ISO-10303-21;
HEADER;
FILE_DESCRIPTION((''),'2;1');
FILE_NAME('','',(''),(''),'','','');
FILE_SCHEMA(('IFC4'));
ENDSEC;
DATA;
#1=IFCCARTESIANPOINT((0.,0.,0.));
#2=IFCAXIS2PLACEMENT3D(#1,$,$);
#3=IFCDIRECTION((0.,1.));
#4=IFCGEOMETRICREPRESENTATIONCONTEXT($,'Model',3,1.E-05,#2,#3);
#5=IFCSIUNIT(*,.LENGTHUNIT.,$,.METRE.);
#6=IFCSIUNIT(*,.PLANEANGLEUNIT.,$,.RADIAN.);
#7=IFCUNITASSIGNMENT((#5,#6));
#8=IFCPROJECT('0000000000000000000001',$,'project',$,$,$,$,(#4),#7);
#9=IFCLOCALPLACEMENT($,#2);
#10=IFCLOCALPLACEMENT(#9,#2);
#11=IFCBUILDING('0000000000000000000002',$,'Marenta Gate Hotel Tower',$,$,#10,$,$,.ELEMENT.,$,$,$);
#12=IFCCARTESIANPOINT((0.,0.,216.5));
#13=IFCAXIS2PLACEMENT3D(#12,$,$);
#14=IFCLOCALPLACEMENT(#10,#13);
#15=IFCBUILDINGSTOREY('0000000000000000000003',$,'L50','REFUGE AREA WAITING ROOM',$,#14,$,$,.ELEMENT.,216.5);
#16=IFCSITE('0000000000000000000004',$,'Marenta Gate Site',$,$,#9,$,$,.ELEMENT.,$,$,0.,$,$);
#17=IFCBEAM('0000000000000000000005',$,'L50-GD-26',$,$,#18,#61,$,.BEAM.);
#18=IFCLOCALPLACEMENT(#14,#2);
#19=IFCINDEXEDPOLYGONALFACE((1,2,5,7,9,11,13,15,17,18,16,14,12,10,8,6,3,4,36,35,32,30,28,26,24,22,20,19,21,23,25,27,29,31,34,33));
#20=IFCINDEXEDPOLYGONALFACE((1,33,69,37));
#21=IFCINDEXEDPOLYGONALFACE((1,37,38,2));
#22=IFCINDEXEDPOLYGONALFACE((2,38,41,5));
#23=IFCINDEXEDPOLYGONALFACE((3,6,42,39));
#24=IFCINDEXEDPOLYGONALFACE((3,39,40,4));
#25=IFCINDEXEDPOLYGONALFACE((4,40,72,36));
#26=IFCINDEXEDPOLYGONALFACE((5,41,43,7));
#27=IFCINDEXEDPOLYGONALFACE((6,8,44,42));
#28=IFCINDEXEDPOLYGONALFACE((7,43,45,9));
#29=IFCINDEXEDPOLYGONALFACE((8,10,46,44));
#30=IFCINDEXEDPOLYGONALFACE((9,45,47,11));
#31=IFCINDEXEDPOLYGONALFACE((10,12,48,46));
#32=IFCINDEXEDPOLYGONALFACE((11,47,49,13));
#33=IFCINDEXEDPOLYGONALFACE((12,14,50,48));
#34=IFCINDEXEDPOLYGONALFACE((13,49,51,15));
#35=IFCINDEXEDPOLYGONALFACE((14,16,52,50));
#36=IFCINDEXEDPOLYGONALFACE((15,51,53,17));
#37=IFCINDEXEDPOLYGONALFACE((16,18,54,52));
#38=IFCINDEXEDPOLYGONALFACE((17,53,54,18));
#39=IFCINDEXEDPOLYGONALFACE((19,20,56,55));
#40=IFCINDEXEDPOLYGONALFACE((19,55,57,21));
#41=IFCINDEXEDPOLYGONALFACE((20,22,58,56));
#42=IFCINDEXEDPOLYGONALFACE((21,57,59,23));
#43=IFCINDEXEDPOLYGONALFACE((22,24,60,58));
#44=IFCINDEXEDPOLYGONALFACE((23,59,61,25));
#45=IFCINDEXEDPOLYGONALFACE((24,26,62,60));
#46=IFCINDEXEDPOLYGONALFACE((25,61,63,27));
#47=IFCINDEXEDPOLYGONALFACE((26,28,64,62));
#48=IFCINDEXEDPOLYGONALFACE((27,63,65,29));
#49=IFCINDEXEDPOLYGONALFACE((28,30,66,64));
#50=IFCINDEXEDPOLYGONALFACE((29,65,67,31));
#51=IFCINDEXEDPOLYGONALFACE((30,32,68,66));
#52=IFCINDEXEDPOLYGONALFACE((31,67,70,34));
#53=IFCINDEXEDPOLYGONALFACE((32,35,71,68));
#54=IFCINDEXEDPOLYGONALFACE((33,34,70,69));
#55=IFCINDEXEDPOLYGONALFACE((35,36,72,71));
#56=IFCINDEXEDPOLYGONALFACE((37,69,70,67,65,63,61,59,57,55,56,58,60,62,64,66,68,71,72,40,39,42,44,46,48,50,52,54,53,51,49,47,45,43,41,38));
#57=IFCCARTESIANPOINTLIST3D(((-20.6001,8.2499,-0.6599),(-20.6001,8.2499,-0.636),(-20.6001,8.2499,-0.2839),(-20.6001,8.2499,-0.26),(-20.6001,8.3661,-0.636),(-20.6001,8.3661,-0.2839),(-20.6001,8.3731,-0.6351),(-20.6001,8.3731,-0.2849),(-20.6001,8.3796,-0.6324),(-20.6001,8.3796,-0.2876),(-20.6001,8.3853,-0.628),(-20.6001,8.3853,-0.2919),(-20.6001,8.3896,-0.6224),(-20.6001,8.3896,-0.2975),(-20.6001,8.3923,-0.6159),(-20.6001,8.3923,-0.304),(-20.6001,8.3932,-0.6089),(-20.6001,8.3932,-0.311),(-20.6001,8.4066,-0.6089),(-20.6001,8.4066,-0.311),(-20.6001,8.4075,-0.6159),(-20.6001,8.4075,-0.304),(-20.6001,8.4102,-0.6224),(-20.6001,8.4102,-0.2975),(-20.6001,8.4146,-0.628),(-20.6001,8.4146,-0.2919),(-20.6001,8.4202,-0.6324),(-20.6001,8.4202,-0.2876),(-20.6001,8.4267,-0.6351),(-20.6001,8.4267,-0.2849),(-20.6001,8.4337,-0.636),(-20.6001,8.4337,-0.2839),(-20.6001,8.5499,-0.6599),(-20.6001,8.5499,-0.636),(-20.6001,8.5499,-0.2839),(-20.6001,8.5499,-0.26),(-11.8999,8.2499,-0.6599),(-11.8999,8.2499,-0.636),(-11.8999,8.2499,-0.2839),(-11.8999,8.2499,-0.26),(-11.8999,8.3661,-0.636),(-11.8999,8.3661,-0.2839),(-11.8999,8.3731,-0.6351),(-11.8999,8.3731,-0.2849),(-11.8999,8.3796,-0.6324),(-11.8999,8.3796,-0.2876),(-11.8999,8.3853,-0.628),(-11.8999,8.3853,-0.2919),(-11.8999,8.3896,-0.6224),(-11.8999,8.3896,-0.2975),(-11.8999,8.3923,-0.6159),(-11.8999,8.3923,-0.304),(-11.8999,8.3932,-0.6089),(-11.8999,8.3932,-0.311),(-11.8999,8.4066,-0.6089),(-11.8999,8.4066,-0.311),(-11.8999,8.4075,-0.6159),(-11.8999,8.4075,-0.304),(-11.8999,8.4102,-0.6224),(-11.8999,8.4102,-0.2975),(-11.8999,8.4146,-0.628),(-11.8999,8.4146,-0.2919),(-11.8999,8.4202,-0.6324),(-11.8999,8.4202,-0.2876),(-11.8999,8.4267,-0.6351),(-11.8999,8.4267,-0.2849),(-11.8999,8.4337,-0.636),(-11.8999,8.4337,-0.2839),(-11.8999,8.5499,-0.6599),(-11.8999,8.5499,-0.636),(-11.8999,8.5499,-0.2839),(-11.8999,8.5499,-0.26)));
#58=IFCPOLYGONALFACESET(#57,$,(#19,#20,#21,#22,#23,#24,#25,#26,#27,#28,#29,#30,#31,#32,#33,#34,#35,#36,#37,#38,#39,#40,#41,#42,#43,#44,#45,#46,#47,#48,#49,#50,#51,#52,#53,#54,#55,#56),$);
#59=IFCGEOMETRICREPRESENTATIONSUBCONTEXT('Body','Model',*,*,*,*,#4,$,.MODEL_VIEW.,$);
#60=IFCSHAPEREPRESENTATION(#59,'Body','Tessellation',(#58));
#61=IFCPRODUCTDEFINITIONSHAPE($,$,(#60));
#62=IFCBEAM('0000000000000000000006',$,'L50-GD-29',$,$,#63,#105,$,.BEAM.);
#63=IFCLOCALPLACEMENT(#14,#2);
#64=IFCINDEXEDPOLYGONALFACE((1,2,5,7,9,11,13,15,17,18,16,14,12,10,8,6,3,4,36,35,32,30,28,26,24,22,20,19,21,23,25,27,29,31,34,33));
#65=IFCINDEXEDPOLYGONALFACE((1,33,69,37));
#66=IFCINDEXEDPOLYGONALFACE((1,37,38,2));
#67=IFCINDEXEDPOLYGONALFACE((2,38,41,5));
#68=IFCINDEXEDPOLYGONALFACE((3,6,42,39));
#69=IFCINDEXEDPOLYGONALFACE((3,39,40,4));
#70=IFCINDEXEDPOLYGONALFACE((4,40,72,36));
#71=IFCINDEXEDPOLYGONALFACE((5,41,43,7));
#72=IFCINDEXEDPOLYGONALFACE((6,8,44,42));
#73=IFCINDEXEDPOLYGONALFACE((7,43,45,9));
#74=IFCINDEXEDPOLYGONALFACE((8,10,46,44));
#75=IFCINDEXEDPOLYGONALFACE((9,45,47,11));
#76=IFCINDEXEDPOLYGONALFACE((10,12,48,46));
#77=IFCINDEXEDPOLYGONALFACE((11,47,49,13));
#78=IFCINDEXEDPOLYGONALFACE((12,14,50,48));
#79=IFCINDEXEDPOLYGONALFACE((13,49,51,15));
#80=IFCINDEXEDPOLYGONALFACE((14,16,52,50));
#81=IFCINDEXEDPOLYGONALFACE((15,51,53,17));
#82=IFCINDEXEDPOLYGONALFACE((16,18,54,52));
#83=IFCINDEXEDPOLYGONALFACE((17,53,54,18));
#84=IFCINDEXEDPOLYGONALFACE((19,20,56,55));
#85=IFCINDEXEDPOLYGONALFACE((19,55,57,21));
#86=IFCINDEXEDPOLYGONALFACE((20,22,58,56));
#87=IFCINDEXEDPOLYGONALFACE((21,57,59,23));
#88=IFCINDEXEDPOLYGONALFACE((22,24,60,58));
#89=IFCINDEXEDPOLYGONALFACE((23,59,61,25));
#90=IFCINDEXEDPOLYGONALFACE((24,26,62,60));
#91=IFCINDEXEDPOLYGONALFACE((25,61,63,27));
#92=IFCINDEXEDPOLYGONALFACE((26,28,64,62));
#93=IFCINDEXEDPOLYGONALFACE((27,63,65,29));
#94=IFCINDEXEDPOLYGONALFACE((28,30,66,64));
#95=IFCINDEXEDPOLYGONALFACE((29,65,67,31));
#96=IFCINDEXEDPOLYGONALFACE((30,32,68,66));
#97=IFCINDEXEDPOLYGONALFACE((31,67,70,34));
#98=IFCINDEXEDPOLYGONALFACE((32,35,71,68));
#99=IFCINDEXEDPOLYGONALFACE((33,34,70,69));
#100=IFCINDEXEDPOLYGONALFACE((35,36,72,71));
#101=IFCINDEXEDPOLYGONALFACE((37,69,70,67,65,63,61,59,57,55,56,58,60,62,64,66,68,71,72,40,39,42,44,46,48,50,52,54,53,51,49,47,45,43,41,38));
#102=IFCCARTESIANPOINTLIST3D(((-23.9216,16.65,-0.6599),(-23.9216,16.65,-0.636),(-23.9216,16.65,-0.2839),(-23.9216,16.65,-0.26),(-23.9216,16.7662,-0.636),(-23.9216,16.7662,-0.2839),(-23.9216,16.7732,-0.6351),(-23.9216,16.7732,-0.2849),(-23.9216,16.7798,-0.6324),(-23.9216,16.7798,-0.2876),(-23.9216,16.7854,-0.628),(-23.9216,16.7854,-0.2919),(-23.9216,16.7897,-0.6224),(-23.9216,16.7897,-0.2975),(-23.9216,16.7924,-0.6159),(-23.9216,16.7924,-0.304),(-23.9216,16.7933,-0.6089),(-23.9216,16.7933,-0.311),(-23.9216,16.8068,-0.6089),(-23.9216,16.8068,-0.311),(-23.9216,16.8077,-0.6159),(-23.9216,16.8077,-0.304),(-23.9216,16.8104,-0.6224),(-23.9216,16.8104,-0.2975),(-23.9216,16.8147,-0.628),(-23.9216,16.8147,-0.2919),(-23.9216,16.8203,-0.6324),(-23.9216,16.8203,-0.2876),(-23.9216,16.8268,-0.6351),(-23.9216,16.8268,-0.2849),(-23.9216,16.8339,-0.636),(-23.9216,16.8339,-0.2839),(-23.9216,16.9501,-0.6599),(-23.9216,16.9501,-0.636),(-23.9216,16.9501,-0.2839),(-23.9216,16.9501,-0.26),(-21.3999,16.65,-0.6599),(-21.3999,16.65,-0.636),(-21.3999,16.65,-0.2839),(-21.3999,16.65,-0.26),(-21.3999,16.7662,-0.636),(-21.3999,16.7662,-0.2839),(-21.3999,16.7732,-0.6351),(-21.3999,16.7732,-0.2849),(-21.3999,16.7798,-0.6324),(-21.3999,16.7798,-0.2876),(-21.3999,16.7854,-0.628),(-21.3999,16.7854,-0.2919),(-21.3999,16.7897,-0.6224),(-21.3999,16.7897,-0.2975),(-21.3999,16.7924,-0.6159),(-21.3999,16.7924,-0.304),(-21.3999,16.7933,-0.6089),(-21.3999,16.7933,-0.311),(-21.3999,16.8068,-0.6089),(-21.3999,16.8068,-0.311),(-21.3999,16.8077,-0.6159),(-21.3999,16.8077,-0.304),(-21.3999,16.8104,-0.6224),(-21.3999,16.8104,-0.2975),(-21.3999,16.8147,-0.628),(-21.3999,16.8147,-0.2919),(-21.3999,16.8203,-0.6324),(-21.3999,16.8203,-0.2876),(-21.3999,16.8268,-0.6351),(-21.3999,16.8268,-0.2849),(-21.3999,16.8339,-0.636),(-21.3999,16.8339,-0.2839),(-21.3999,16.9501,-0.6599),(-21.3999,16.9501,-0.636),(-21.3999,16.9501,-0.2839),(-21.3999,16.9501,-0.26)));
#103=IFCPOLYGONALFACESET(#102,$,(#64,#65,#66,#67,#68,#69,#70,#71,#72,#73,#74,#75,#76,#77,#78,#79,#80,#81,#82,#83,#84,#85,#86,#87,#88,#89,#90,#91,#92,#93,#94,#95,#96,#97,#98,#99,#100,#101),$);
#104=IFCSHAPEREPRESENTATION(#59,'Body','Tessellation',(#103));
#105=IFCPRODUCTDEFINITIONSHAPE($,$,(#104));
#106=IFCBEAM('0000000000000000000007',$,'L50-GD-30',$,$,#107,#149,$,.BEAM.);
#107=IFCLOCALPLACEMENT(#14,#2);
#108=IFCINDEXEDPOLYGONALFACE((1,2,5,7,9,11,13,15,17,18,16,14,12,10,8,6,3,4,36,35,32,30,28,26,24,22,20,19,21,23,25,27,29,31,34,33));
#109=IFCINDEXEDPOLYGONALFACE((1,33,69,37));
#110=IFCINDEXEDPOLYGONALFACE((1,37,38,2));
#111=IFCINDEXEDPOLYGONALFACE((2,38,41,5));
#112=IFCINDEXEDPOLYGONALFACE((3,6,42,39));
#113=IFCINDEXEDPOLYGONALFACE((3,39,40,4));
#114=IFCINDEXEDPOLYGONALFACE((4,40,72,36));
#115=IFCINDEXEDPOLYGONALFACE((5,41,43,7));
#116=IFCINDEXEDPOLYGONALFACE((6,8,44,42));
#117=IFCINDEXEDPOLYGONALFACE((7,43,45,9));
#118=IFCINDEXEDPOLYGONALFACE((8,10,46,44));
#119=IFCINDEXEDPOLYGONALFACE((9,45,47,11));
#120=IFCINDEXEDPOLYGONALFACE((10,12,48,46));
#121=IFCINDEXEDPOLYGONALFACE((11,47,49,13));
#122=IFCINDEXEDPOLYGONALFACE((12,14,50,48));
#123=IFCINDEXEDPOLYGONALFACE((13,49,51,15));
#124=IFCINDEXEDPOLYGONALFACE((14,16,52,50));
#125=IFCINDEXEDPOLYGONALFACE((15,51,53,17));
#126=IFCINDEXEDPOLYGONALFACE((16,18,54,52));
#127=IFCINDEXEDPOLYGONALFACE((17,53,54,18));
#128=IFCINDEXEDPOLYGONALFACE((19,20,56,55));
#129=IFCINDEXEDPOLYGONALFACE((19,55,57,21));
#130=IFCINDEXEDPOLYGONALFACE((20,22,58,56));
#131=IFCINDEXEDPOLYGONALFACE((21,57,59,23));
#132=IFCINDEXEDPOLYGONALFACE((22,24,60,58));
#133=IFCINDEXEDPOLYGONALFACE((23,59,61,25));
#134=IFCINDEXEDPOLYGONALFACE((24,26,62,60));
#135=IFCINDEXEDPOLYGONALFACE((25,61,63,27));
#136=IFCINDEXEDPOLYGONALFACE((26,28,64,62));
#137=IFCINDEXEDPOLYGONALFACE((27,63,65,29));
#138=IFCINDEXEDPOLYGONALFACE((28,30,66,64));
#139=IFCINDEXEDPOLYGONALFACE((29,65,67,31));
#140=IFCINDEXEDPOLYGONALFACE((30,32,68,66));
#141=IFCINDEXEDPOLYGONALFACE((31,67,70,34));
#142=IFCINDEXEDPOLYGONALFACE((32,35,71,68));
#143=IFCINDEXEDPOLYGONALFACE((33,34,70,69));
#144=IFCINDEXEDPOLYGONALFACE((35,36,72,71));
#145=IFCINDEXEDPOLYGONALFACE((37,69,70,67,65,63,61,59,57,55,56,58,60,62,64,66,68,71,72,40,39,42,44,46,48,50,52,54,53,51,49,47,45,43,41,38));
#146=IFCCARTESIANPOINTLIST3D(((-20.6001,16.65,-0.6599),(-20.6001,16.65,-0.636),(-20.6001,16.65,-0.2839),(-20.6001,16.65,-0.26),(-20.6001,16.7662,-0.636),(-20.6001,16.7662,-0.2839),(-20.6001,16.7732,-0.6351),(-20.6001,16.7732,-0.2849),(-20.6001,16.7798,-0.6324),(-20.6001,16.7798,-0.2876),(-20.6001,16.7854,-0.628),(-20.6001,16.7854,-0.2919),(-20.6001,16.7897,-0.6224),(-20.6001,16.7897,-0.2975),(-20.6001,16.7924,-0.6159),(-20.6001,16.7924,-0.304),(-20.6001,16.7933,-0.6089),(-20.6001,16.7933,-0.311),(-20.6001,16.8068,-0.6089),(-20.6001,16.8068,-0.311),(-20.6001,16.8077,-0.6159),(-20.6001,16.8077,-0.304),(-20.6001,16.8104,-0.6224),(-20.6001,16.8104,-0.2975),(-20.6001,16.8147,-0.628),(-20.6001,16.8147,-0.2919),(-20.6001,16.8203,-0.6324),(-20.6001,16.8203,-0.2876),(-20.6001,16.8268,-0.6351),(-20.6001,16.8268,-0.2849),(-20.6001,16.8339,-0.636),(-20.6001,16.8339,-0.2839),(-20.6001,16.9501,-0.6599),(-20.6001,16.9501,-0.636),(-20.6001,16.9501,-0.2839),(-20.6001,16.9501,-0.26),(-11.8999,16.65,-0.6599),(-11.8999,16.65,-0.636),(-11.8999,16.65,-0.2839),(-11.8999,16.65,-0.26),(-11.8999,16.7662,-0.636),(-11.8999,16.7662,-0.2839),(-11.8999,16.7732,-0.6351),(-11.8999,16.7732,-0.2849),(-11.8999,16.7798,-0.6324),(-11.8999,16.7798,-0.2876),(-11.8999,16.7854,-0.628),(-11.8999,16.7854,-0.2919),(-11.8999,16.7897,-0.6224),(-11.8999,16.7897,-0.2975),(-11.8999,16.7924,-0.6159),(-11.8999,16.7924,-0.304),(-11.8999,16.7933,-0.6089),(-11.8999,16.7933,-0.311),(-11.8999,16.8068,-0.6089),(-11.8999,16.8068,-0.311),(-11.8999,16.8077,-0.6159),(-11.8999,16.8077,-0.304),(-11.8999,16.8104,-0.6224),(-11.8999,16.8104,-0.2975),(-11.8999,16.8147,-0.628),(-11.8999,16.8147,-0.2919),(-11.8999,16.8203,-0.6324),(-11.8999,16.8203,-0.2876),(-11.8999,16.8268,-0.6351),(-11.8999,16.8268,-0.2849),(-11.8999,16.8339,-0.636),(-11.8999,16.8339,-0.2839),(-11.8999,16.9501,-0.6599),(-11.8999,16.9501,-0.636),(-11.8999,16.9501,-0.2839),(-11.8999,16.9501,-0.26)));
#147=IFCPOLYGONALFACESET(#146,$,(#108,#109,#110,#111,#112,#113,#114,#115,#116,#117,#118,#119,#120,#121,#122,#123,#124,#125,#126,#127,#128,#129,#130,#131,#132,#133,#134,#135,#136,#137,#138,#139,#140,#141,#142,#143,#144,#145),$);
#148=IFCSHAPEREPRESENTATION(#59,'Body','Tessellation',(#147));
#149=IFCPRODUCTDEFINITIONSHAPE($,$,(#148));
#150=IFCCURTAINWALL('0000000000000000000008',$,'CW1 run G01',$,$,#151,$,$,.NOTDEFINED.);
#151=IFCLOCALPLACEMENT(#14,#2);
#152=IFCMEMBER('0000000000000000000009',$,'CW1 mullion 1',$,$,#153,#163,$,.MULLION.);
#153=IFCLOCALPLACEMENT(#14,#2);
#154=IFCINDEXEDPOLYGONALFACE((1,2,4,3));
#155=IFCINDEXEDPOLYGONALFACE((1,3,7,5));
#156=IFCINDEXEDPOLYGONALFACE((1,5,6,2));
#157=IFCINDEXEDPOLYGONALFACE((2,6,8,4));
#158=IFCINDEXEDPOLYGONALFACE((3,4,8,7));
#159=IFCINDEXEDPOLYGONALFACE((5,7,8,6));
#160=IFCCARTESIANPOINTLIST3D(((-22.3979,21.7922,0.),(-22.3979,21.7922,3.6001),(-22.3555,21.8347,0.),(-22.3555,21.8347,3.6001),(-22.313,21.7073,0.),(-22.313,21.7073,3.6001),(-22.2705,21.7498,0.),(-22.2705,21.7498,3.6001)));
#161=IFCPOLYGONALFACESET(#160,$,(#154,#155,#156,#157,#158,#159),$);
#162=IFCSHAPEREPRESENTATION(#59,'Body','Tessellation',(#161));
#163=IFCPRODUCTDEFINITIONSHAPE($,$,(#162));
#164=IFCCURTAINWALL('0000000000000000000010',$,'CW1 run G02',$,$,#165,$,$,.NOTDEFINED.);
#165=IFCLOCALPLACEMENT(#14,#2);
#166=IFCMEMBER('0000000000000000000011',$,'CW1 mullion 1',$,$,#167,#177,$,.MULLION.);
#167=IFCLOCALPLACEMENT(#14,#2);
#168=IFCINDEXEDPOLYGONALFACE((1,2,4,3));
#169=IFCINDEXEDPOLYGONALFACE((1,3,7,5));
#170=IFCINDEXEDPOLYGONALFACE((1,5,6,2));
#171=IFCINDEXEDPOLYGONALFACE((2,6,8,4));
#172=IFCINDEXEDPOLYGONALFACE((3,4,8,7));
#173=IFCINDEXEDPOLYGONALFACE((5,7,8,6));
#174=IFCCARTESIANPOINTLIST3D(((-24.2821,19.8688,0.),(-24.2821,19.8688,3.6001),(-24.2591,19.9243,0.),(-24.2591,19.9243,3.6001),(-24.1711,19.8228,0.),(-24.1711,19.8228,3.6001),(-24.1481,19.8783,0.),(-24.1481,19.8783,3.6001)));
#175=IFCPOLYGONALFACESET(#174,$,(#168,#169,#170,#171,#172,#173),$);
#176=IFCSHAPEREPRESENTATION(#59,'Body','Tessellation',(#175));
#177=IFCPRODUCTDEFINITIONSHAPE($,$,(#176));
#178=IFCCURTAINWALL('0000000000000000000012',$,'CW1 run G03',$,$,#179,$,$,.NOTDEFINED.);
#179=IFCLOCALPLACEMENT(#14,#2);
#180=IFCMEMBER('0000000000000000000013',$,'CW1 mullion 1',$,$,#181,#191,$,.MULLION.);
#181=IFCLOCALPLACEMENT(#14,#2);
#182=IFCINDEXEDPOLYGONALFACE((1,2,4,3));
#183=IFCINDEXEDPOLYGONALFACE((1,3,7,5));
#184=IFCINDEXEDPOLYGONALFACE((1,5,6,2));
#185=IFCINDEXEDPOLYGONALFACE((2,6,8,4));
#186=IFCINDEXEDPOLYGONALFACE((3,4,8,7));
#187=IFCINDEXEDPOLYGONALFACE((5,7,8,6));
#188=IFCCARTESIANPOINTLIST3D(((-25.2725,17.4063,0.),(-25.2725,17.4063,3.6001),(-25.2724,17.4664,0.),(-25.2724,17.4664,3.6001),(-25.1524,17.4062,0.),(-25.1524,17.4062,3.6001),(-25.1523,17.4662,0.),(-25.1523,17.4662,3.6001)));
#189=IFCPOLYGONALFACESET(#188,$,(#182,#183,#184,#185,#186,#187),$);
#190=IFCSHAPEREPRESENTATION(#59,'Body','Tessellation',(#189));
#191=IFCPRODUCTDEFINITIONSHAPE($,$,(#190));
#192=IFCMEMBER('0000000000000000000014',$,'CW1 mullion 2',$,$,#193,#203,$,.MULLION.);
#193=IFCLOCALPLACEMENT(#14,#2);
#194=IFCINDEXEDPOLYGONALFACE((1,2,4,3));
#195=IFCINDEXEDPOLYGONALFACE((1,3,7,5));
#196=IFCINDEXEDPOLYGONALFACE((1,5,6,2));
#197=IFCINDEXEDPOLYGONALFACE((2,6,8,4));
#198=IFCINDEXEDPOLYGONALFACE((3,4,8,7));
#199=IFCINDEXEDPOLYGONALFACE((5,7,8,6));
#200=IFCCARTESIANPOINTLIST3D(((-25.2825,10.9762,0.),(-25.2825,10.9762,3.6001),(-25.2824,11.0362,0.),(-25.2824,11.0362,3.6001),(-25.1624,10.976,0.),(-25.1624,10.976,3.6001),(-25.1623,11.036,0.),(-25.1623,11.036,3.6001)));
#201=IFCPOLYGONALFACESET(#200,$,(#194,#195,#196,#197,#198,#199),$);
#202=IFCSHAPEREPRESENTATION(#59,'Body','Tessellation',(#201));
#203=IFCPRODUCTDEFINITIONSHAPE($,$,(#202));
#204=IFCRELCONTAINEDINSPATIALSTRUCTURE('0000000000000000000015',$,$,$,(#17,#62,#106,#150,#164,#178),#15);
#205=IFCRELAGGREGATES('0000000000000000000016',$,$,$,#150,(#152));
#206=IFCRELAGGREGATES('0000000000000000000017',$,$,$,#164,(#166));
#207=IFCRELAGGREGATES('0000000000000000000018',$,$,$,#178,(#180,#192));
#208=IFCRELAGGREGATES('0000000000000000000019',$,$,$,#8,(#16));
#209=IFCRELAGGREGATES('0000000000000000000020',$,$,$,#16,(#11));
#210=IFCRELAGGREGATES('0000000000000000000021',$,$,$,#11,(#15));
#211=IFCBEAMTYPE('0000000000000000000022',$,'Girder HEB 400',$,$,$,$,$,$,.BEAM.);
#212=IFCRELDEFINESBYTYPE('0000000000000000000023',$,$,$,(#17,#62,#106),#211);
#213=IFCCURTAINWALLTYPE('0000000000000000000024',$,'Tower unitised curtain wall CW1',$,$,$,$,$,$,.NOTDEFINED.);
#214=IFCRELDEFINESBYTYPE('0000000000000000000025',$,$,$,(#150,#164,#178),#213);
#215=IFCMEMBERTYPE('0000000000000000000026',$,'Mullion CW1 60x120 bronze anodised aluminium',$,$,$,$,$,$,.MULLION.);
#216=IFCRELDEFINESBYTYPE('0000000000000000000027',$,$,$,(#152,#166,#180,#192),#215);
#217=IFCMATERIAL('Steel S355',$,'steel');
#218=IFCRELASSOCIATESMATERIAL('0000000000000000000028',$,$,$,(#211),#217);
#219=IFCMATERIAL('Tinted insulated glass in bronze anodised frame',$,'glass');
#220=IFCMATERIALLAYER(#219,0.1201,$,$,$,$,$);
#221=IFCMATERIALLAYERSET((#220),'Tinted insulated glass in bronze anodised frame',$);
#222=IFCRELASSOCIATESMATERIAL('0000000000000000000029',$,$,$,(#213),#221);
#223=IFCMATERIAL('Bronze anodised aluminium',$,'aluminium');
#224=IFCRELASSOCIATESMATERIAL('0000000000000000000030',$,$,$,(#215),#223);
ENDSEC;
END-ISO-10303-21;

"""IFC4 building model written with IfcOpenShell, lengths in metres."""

from ifc_helpers import new_model, si_unit, direction, frame, origin, origin_2d, place, context, subcontext, project, spatial, rectangle, i_section, extrude, material, layer, layer_set, material_profile, profile_set, type_object, element, aggregate, save


model = new_model("IFC4")

# Units and contexts
model_context = context("Model", 3, precision=1e-05, world=origin(), true_north=direction((0.0, 1.0)))
body_context = subcontext(model_context, "Body", "Model", "MODEL_VIEW")
ifc_project = project(units=[si_unit("LENGTHUNIT", "METRE"), si_unit("PLANEANGLEUNIT", "RADIAN")], contexts=[model_context])

# Site, building, storey
site_placement = place(None, origin())
site = spatial("IfcSite", under=ifc_project, at=site_placement, Name="Marenta Gate Site", CompositionType="ELEMENT", RefElevation=0.0)
building_placement = place(site_placement, origin())
building = spatial("IfcBuilding", under=site, at=building_placement, Name="Marenta Gate Hotel Tower", CompositionType="ELEMENT")
storey_placement = place(building_placement, frame((0.0, 0.0, 216.5)))
storey = spatial("IfcBuildingStorey", under=building, at=storey_placement, Name="L50", Description="REFUGE AREA WAITING ROOM", CompositionType="ELEMENT", Elevation=216.5)

# Beams
ifc_material_1 = material(Name="Steel S355", Category="steel")
ifc_material_profile_1 = material_profile(ifc_material_1, i_section(OverallWidth=0.3, OverallDepth=0.3999, WebThickness=0.0134, FlangeThickness=0.0239, FilletRadius=0.0271, at=origin_2d()), Name="HEB 400")
ifc_profile_set_1 = profile_set([ifc_material_profile_1], Name="Steel S355")
beam_type_1 = type_object("IfcBeamType", Name="Girder HEB 400", PredefinedType="BEAM", material=ifc_profile_set_1)
beam_1_placement = place(storey_placement, frame((-20.6001, 8.3999, -0.46), z_axis=(1.0, 0.0, 0.0), x_axis=(0.0, 1.0, 0.0)))
element("IfcBeam", 1, at=beam_1_placement, inside=storey, type_object=beam_type_1, Name="L50-GD-26", PredefinedType="BEAM", context=body_context, shape_type="SweptSolid", body=[
    extrude(i_section(OverallWidth=0.3, OverallDepth=0.3999, WebThickness=0.0134, FlangeThickness=0.0239, FilletRadius=0.0271, at=origin_2d()), origin(), (0.0, 0.0, 1.0), 8.7002),
])
beam_2_placement = place(storey_placement, frame((-23.9216, 16.8, -0.46), z_axis=(1.0, 0.0, 0.0), x_axis=(0.0, 1.0, 0.0)))
element("IfcBeam", 2, at=beam_2_placement, inside=storey, type_object=beam_type_1, Name="L50-GD-29", PredefinedType="BEAM", context=body_context, shape_type="SweptSolid", body=[
    extrude(i_section(OverallWidth=0.3, OverallDepth=0.3999, WebThickness=0.0134, FlangeThickness=0.0239, FilletRadius=0.0271, at=origin_2d()), origin(), (0.0, 0.0, 1.0), 2.5217),
])
beam_3_placement = place(storey_placement, frame((-20.6001, 16.8, -0.46), z_axis=(1.0, 0.0, 0.0), x_axis=(0.0, 1.0, 0.0)))
element("IfcBeam", 3, at=beam_3_placement, inside=storey, type_object=beam_type_1, Name="L50-GD-30", PredefinedType="BEAM", context=body_context, shape_type="SweptSolid", body=[
    extrude(i_section(OverallWidth=0.3, OverallDepth=0.3999, WebThickness=0.0134, FlangeThickness=0.0239, FilletRadius=0.0271, at=origin_2d()), origin(), (0.0, 0.0, 1.0), 8.7002),
])

# Curtain walls, members
ifc_material_2 = material(Name="Tinted insulated glass in bronze anodised frame", Category="glass")
ifc_layer_1 = layer(ifc_material_2, 0.1201)
ifc_layer_set_1 = layer_set([ifc_layer_1], Name="Tinted insulated glass in bronze anodised frame")
curtain_wall_type = type_object("IfcCurtainWallType", Name="Tower unitised curtain wall CW1", PredefinedType="NOTDEFINED", material=ifc_layer_set_1)
curtain_wall_1_placement = place(storey_placement, origin())
curtain_wall_1 = element("IfcCurtainWall", 4, at=curtain_wall_1_placement, inside=storey, type_object=curtain_wall_type, Name="CW1 run G01", PredefinedType="NOTDEFINED")
ifc_material_3 = material(Name="Bronze anodised aluminium", Category="aluminium")
ifc_material_profile_2 = material_profile(ifc_material_3, rectangle(XDim=0.1201, YDim=0.0601, at=origin_2d()), Name="Mullion CW1 60x120 bronze anodised aluminium")
ifc_profile_set_2 = profile_set([ifc_material_profile_2], Name="Bronze anodised aluminium")
member_type_1 = type_object("IfcMemberType", Name="Mullion CW1 60x120 bronze anodised aluminium", PredefinedType="MULLION", material=ifc_profile_set_2)
member_1_placement = place(storey_placement, frame((-22.3342, 21.771, 0.0), z_axis=(0.0, 0.0, 1.0), x_axis=(0.707107, -0.707107, 0.0)))
member_1 = element("IfcMember", 5, at=member_1_placement, type_object=member_type_1, Name="CW1 mullion 1", PredefinedType="MULLION", context=body_context, shape_type="SweptSolid", body=[
    extrude(rectangle(XDim=0.1201, YDim=0.0601, at=origin_2d()), origin(), (0.0, 0.0, 1.0), 3.6001),
])
curtain_wall_2_placement = place(storey_placement, origin())
curtain_wall_2 = element("IfcCurtainWall", 6, at=curtain_wall_2_placement, inside=storey, type_object=curtain_wall_type, Name="CW1 run G02", PredefinedType="NOTDEFINED")
member_2_placement = place(storey_placement, frame((-24.2151, 19.8735, 0.0), z_axis=(0.0, 0.0, 1.0), x_axis=(0.923886, -0.382667, 0.0)))
member_2 = element("IfcMember", 7, at=member_2_placement, type_object=member_type_1, Name="CW1 mullion 1", PredefinedType="MULLION", context=body_context, shape_type="SweptSolid", body=[
    extrude(rectangle(XDim=0.1201, YDim=0.0601, at=origin_2d()), origin(), (0.0, 0.0, 1.0), 3.6001),
])

# Curtain wall, members
curtain_wall_3_placement = place(storey_placement, origin())
curtain_wall_3 = element("IfcCurtainWall", 8, at=curtain_wall_3_placement, inside=storey, type_object=curtain_wall_type, Name="CW1 run G03", PredefinedType="NOTDEFINED")
member_3_placement = place(storey_placement, frame((-25.2124, 17.4363, 0.0), z_axis=(0.0, 0.0, 1.0), x_axis=(0.999999, -0.001566, 0.0)))
member_3 = element("IfcMember", 9, at=member_3_placement, type_object=member_type_1, Name="CW1 mullion 1", PredefinedType="MULLION", context=body_context, shape_type="SweptSolid", body=[
    extrude(rectangle(XDim=0.1201, YDim=0.0601, at=origin_2d()), origin(), (0.0, 0.0, 1.0), 3.6001),
])
member_4_placement = place(storey_placement, frame((-25.2224, 11.0061, 0.0), z_axis=(0.0, 0.0, 1.0), x_axis=(0.999999, -0.001566, 0.0)))
member_4 = element("IfcMember", 10, at=member_4_placement, type_object=member_type_1, Name="CW1 mullion 2", PredefinedType="MULLION", context=body_context, shape_type="SweptSolid", body=[
    extrude(rectangle(XDim=0.1201, YDim=0.0601, at=origin_2d()), origin(), (0.0, 0.0, 1.0), 3.6001),
])

aggregate(curtain_wall_1, [member_1])
aggregate(curtain_wall_2, [member_2])
aggregate(curtain_wall_3, [member_3, member_4])

save(model, "model.ifc")
